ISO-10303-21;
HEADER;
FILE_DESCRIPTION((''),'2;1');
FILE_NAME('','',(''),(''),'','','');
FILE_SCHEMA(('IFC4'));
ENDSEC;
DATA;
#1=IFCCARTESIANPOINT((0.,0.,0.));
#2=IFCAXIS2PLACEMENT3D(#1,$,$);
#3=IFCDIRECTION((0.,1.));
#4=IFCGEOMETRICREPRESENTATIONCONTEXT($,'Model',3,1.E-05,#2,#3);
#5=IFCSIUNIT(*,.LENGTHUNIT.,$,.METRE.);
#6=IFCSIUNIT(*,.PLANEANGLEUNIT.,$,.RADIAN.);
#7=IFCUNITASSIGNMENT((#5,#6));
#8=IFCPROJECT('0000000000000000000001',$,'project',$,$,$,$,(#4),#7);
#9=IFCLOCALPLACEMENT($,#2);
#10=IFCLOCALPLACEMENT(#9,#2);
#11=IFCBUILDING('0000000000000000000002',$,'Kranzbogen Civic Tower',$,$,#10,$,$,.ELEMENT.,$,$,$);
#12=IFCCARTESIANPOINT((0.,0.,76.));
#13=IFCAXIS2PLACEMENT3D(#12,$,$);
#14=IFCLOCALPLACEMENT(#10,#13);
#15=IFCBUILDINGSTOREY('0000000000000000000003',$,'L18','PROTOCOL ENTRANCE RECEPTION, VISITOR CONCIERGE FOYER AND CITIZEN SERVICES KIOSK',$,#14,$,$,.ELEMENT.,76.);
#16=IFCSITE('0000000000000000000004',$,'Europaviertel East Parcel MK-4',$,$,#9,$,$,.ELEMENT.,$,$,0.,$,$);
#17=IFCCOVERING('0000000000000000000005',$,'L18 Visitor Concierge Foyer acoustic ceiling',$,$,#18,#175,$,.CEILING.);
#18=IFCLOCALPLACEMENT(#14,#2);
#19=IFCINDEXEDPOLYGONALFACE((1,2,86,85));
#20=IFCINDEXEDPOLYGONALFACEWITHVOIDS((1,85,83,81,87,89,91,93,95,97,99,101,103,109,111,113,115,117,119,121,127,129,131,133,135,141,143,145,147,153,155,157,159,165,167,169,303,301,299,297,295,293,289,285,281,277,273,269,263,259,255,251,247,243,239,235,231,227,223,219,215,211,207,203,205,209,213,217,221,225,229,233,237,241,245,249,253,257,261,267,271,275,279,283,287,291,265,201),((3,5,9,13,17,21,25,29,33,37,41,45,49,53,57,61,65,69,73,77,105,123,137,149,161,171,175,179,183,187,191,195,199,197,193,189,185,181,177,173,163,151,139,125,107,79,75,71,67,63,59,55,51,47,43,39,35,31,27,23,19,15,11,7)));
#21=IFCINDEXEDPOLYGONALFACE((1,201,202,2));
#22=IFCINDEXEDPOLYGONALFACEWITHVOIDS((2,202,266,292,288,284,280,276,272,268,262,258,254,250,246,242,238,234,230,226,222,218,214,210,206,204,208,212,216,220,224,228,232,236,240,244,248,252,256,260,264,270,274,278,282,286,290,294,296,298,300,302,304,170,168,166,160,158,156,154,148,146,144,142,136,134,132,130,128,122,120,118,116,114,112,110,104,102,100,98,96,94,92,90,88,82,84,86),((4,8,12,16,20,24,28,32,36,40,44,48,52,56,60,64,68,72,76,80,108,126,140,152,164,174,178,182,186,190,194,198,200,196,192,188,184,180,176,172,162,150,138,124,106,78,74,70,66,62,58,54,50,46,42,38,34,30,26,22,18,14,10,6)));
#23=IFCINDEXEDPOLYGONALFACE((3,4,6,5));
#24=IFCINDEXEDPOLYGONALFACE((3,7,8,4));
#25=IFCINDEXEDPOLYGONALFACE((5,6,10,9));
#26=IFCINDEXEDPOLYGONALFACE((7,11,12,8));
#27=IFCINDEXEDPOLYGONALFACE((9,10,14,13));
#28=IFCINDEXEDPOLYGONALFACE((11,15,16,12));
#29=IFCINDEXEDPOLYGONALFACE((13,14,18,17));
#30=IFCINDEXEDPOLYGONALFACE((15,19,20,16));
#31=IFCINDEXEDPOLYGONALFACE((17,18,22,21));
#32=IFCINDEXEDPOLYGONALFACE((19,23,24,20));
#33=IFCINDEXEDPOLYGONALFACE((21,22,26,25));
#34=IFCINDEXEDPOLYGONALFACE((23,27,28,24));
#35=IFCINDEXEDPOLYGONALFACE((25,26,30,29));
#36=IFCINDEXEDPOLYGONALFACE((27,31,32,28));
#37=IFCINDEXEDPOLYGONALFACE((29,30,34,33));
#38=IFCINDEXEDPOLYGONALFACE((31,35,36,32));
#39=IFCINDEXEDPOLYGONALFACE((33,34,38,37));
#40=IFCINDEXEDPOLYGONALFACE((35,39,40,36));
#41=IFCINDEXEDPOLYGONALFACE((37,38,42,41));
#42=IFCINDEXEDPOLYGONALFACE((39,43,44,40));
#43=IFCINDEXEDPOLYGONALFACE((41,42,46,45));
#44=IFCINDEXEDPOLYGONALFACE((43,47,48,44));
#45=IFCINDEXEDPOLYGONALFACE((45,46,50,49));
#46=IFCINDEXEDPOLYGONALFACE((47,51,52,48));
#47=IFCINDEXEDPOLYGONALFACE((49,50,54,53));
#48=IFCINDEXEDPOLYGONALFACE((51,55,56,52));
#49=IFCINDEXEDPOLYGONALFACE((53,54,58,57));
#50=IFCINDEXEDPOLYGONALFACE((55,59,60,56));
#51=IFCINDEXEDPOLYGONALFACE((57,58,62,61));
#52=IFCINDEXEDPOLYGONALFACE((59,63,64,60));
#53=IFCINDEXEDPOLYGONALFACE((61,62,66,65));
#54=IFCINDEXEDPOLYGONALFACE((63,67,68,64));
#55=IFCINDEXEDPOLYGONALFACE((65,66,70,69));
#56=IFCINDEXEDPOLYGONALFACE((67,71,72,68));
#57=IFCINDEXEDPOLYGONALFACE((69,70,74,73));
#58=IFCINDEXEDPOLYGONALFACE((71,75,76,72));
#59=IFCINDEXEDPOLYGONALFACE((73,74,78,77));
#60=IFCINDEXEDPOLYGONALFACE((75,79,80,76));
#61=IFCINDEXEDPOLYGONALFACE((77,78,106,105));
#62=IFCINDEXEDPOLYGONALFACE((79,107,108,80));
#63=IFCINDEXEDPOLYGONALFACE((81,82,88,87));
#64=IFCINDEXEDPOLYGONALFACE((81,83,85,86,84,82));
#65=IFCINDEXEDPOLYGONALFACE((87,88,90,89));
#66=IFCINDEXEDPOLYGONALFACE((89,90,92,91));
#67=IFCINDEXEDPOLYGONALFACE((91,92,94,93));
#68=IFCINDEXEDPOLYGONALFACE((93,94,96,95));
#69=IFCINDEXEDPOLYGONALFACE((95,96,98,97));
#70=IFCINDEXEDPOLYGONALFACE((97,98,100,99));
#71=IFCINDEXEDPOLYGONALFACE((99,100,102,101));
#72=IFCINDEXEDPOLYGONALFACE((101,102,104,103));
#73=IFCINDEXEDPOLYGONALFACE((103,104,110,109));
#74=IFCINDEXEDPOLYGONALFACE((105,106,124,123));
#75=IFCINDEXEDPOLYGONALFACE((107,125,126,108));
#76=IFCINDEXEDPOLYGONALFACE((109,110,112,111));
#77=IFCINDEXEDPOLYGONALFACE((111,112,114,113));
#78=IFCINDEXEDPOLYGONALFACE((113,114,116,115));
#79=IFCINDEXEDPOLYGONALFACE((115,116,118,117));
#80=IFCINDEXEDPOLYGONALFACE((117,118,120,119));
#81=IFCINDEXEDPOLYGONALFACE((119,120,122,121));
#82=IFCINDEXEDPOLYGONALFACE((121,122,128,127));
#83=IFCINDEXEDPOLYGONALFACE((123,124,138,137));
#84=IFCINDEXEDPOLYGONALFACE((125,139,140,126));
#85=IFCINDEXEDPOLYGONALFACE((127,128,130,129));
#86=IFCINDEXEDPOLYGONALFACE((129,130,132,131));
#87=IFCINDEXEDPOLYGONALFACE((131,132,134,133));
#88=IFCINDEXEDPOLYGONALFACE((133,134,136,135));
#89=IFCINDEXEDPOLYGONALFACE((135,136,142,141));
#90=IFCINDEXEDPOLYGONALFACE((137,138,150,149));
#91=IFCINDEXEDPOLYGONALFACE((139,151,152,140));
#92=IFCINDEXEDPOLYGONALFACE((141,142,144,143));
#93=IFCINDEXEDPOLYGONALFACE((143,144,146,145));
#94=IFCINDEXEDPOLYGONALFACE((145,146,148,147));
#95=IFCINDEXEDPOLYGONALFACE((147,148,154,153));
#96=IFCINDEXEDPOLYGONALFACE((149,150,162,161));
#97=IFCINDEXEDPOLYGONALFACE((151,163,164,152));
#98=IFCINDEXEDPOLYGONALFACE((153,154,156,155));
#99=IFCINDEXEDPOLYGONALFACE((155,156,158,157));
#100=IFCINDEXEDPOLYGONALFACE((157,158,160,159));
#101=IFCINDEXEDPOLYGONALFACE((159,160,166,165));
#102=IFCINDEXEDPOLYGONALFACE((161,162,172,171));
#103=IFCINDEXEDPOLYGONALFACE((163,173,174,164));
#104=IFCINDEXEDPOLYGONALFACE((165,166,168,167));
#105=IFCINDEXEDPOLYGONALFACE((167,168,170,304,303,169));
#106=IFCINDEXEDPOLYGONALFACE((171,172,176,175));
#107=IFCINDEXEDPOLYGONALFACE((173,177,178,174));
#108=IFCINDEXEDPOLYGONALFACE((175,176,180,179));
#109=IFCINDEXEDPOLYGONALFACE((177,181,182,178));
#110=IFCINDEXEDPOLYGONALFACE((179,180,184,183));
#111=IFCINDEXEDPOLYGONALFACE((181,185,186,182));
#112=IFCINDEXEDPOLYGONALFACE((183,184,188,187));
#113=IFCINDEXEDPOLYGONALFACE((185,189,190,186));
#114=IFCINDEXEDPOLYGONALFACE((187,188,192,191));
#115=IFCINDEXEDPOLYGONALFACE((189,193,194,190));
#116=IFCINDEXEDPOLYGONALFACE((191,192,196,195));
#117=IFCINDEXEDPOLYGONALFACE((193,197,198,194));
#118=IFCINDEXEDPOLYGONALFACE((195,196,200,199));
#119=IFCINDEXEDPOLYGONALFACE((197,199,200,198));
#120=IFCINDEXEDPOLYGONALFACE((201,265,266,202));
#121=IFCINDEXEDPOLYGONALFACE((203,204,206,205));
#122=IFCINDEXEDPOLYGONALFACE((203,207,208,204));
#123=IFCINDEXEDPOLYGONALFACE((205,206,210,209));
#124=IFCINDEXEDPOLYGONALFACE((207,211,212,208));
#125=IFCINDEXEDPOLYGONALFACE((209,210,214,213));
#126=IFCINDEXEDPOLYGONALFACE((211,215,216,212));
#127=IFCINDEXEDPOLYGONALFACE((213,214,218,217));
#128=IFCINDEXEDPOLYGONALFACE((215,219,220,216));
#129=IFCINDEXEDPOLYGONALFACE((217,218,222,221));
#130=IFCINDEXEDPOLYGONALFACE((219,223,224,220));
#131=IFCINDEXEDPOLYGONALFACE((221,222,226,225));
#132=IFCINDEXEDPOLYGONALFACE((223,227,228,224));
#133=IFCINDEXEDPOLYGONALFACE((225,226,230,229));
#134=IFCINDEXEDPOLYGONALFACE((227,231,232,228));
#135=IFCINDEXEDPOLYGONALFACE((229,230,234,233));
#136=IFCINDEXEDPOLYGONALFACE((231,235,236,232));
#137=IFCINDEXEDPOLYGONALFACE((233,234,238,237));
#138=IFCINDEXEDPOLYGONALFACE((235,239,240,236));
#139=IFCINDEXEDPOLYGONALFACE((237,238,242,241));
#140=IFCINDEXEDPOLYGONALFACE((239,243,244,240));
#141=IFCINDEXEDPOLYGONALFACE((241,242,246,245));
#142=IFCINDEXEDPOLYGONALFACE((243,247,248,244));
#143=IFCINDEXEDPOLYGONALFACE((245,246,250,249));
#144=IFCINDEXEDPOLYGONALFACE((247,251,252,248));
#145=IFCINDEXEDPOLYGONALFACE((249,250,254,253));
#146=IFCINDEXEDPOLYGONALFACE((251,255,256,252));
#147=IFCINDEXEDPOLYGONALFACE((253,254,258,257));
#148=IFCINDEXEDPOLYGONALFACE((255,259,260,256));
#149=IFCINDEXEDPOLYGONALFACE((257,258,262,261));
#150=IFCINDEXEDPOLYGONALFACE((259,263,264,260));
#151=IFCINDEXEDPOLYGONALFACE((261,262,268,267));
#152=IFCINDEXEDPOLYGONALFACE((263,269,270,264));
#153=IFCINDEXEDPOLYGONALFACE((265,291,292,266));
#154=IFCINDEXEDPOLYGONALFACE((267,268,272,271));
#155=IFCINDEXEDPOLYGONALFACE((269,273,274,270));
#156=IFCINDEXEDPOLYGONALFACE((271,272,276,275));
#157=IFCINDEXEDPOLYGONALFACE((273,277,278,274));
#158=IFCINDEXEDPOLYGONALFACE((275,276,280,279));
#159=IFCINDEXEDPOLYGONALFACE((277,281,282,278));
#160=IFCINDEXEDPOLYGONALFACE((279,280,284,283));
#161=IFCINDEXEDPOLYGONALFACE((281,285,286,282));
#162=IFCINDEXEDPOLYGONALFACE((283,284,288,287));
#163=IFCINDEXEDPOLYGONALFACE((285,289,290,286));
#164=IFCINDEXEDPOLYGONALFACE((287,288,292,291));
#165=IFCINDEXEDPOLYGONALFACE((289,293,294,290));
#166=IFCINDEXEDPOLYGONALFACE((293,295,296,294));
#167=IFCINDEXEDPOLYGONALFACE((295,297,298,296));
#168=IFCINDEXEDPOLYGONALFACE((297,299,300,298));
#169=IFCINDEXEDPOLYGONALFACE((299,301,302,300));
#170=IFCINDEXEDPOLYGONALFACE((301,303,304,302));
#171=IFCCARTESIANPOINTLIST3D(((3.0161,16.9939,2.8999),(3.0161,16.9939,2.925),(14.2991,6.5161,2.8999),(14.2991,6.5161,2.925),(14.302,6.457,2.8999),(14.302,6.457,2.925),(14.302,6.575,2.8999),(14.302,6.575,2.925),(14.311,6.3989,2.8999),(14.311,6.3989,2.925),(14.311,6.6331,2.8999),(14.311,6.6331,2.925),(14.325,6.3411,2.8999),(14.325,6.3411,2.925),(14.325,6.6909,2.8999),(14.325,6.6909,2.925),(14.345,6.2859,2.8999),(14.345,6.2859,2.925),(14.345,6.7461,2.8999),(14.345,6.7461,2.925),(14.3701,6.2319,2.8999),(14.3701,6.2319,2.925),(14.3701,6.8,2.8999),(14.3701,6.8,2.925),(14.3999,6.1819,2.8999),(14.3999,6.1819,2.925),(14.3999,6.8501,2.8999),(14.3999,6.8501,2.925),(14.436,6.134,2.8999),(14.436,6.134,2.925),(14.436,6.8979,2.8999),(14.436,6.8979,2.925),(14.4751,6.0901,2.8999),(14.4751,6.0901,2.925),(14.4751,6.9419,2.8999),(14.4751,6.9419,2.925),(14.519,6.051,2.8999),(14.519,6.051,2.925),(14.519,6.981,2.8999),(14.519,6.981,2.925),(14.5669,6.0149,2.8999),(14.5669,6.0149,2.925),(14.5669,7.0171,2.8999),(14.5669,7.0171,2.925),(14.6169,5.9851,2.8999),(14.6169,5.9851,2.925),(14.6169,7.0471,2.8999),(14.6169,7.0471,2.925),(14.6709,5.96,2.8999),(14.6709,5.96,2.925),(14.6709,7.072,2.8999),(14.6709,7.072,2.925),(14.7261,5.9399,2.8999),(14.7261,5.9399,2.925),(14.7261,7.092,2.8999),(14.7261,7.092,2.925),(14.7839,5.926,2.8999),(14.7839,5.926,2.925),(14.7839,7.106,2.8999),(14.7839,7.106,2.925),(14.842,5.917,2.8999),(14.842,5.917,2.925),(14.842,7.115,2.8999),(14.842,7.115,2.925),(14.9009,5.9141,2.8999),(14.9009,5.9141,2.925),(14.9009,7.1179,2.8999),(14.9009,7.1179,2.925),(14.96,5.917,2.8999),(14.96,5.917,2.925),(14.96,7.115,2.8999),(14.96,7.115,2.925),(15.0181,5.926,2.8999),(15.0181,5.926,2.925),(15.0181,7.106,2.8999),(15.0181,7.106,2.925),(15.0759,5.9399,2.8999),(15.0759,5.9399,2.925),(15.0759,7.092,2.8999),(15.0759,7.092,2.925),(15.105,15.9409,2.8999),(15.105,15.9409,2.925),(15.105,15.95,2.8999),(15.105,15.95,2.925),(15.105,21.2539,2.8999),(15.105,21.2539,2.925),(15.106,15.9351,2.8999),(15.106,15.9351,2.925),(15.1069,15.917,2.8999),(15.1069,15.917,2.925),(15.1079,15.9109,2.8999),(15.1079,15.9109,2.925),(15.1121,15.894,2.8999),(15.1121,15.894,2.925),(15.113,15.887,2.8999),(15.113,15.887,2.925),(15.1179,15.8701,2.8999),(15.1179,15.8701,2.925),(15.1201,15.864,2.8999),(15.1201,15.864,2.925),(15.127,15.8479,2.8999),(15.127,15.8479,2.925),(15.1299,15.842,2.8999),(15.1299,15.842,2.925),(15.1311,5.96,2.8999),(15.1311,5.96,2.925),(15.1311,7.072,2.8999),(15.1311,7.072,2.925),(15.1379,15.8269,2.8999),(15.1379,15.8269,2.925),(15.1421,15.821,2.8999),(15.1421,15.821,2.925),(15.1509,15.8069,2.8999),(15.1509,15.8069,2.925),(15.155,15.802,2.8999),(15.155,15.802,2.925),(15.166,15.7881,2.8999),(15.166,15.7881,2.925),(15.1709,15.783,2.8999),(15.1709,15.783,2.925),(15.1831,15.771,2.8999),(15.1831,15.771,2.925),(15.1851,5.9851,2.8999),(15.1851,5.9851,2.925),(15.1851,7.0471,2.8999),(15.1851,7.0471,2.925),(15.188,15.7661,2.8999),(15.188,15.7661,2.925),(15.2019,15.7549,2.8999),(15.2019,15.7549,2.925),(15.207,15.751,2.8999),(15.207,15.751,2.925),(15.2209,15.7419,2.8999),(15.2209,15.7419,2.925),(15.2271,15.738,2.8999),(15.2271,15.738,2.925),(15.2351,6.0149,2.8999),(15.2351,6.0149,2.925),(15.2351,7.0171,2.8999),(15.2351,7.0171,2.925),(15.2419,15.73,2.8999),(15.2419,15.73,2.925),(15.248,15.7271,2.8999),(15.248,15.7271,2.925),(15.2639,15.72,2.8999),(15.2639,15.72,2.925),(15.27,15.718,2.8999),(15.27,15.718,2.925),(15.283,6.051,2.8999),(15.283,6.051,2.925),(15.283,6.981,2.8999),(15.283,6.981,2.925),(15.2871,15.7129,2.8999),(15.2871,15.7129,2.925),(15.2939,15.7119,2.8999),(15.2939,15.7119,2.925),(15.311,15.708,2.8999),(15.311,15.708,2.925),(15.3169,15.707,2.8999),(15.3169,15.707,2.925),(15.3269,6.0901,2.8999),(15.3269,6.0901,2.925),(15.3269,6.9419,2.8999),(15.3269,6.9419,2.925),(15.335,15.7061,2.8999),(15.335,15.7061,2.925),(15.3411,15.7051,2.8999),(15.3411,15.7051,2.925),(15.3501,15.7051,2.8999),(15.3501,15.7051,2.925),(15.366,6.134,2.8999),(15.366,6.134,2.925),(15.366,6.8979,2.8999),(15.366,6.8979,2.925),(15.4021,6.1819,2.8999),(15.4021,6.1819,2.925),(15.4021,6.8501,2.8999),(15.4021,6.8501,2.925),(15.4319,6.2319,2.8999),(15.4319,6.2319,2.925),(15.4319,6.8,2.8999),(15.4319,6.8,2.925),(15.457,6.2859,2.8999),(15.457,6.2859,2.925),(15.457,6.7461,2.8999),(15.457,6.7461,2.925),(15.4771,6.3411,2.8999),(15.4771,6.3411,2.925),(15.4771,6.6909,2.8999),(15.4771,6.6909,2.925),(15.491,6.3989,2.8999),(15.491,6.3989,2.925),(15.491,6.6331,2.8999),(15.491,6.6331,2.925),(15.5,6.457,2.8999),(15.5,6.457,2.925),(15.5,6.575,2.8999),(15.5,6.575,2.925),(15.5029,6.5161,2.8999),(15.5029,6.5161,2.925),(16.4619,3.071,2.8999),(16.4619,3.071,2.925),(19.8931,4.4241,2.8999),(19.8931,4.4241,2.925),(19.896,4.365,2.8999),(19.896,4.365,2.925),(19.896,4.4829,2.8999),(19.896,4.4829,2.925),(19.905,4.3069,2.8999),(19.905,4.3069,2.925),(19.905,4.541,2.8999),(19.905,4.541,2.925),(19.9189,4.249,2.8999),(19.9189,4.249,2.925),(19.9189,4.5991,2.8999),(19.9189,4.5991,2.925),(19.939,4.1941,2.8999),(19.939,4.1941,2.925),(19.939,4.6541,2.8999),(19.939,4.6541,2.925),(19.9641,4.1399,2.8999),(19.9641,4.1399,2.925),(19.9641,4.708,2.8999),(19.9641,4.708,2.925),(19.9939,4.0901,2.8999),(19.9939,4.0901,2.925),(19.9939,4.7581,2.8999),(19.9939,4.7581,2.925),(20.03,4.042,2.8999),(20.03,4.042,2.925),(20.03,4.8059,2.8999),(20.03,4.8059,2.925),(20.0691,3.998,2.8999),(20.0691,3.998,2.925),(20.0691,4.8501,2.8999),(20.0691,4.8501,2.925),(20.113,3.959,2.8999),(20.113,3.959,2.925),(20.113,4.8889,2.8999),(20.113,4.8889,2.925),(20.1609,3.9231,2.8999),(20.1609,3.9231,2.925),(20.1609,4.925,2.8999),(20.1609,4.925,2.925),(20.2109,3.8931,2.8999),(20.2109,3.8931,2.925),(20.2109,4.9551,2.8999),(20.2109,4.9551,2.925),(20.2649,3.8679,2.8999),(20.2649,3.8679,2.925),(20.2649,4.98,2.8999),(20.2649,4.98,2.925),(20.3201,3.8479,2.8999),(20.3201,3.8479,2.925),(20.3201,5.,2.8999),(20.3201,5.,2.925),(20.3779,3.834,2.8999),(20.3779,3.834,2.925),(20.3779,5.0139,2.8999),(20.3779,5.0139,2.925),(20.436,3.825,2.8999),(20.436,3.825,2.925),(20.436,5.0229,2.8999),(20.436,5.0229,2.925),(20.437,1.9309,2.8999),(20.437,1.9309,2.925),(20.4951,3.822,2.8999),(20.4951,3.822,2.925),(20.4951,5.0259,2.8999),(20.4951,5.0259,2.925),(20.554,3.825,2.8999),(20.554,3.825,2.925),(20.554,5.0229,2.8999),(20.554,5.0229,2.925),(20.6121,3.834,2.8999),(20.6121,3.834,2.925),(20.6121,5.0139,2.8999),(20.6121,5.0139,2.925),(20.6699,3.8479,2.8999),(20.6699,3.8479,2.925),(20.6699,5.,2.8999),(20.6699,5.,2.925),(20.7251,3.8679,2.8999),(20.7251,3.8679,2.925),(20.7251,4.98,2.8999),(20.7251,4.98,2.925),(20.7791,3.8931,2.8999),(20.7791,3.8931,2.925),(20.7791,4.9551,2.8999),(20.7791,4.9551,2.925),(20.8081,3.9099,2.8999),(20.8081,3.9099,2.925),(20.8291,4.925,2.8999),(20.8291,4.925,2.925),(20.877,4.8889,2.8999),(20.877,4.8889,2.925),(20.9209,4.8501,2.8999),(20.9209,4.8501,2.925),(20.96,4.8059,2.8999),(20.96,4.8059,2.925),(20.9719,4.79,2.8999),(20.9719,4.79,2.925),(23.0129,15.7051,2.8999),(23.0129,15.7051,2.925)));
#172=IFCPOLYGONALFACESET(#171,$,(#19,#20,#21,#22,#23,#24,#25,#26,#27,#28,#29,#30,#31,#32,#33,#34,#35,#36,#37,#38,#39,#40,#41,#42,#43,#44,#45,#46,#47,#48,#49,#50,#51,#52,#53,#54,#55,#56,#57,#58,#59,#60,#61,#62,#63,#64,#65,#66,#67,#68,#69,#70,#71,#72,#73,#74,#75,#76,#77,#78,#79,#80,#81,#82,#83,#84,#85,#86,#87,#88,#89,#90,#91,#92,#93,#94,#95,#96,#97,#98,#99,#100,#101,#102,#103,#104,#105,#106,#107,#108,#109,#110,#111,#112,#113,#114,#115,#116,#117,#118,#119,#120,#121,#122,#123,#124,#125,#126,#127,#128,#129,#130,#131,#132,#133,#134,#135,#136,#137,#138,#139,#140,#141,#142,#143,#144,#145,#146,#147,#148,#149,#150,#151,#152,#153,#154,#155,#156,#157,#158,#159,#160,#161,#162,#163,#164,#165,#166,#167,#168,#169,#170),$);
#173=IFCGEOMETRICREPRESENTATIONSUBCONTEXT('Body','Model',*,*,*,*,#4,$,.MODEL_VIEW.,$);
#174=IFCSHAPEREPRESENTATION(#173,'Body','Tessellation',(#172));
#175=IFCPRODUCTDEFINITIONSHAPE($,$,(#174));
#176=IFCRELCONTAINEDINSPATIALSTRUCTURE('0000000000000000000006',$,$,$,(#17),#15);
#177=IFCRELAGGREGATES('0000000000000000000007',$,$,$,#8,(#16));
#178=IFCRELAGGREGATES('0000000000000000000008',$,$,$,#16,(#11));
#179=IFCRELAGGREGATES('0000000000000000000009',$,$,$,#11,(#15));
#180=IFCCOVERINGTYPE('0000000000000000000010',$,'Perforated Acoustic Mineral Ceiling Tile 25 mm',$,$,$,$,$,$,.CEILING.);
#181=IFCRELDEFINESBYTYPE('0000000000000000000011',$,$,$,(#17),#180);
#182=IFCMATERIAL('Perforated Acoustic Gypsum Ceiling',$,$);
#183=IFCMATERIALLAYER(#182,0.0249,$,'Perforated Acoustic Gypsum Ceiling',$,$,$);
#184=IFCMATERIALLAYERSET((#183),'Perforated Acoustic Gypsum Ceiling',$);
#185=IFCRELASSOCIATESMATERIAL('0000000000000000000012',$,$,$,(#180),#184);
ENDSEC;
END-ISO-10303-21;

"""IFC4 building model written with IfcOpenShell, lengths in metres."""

from ifc_helpers import new_model, si_unit, direction, frame, origin, place, context, subcontext, project, spatial, polyline, outline, extrude, material, layer, layer_set, type_object, element, save


model = new_model("IFC4")

# Units and contexts
model_context = context("Model", 3, precision=1e-05, world=origin(), true_north=direction((0.0, 1.0)))
body_context = subcontext(model_context, "Body", "Model", "MODEL_VIEW")
ifc_project = project(units=[si_unit("LENGTHUNIT", "METRE"), si_unit("PLANEANGLEUNIT", "RADIAN")], contexts=[model_context])

# Site, building, storey
site_placement = place(None, origin())
site = spatial("IfcSite", under=ifc_project, at=site_placement, Name="Europaviertel East Parcel MK-4", CompositionType="ELEMENT", RefElevation=0.0)
building_placement = place(site_placement, origin())
building = spatial("IfcBuilding", under=site, at=building_placement, Name="Kranzbogen Civic Tower", CompositionType="ELEMENT")
storey_placement = place(building_placement, frame((0.0, 0.0, 76.0)))
storey = spatial("IfcBuildingStorey", under=building, at=storey_placement, Name="L18", Description="PROTOCOL ENTRANCE RECEPTION, VISITOR CONCIERGE FOYER AND CITIZEN SERVICES KIOSK", CompositionType="ELEMENT", Elevation=76.0)

# Covering
ifc_material_1 = material(Name="Perforated Acoustic Gypsum Ceiling")
ifc_layer_1 = layer(ifc_material_1, 0.0249, Name="Perforated Acoustic Gypsum Ceiling")
ifc_layer_set_1 = layer_set([ifc_layer_1], Name="Perforated Acoustic Gypsum Ceiling")
covering_type = type_object("IfcCoveringType", Name="Perforated Acoustic Mineral Ceiling Tile 25 mm", PredefinedType="CEILING", material=ifc_layer_set_1)
covering_1_placement = place(storey_placement, frame((0.0, 0.0, 2.8999)))
element("IfcCovering", 1, at=covering_1_placement, inside=storey, type_object=covering_type, Name="L18 Visitor Concierge Foyer acoustic ceiling", PredefinedType="CEILING", context=body_context, shape_type="SweptSolid", body=[
    extrude(outline(polyline([(3.0161, 16.9939), (15.105, 21.2539), (15.105, 15.95), (15.105, 15.9409), (15.106, 15.9351), (15.1069, 15.917), (15.1079, 15.9109), (15.1121, 15.894), (15.113, 15.887), (15.1179, 15.8701), (15.1201, 15.864), (15.127, 15.8479), (15.1299, 15.842), (15.1379, 15.8269), (15.1421, 15.821), (15.1509, 15.8069), (15.155, 15.802), (15.166, 15.7881), (15.1709, 15.783), (15.1831, 15.771), (15.188, 15.7661), (15.2019, 15.7549), (15.207, 15.751), (15.2209, 15.7419), (15.2271, 15.738), (15.2419, 15.73), (15.248, 15.7271), (15.2639, 15.72), (15.27, 15.718), (15.2871, 15.7129), (15.2939, 15.7119), (15.311, 15.708), (15.3169, 15.707), (15.335, 15.7061), (15.3411, 15.7051), (15.3501, 15.7051), (23.0129, 15.7051), (20.9719, 4.79), (20.96, 4.8059), (20.9209, 4.8501), (20.877, 4.8889), (20.8291, 4.925), (20.7791, 4.9551), (20.7251, 4.98), (20.6699, 5.0), (20.6121, 5.0139), (20.554, 5.0229), (20.4951, 5.0259), (20.436, 5.0229), (20.3779, 5.0139), (20.3201, 5.0), (20.2649, 4.98), (20.2109, 4.9551), (20.1609, 4.925), (20.113, 4.8889), (20.0691, 4.8501), (20.03, 4.8059), (19.9939, 4.7581), (19.9641, 4.708), (19.939, 4.6541), (19.9189, 4.5991), (19.905, 4.541), (19.896, 4.4829), (19.8931, 4.4241), (19.896, 4.365), (19.905, 4.3069), (19.9189, 4.249), (19.939, 4.1941), (19.9641, 4.1399), (19.9939, 4.0901), (20.03, 4.042), (20.0691, 3.998), (20.113, 3.959), (20.1609, 3.9231), (20.2109, 3.8931), (20.2649, 3.8679), (20.3201, 3.8479), (20.3779, 3.834), (20.436, 3.825), (20.4951, 3.822), (20.554, 3.825), (20.6121, 3.834), (20.6699, 3.8479), (20.7251, 3.8679), (20.7791, 3.8931), (20.8081, 3.9099), (20.437, 1.9309), (16.4619, 3.071), (3.0161, 16.9939)]), holes=[polyline([(15.457, 6.2859), (15.4319, 6.2319), (15.4021, 6.1819), (15.366, 6.134), (15.3269, 6.0901), (15.283, 6.051), (15.2351, 6.0149), (15.1851, 5.9851), (15.1311, 5.96), (15.0759, 5.9399), (15.0181, 5.926), (14.96, 5.917), (14.9009, 5.9141), (14.842, 5.917), (14.7839, 5.926), (14.7261, 5.9399), (14.6709, 5.96), (14.6169, 5.9851), (14.5669, 6.0149), (14.519, 6.051), (14.4751, 6.0901), (14.436, 6.134), (14.3999, 6.1819), (14.3701, 6.2319), (14.345, 6.2859), (14.325, 6.3411), (14.311, 6.3989), (14.302, 6.457), (14.2991, 6.5161), (14.302, 6.575), (14.311, 6.6331), (14.325, 6.6909), (14.345, 6.7461), (14.3701, 6.8), (14.3999, 6.8501), (14.436, 6.8979), (14.4751, 6.9419), (14.519, 6.981), (14.5669, 7.0171), (14.6169, 7.0471), (14.6709, 7.072), (14.7261, 7.092), (14.7839, 7.106), (14.842, 7.115), (14.9009, 7.1179), (14.96, 7.115), (15.0181, 7.106), (15.0759, 7.092), (15.1311, 7.072), (15.1851, 7.0471), (15.2351, 7.0171), (15.283, 6.981), (15.3269, 6.9419), (15.366, 6.8979), (15.4021, 6.8501), (15.4319, 6.8), (15.457, 6.7461), (15.4771, 6.6909), (15.491, 6.6331), (15.5, 6.575), (15.5029, 6.5161), (15.5, 6.457), (15.491, 6.3989), (15.4771, 6.3411), (15.457, 6.2859)])]), origin(), (0.0, 0.0, 1.0), 0.0251),
])

save(model, "model.ifc")
